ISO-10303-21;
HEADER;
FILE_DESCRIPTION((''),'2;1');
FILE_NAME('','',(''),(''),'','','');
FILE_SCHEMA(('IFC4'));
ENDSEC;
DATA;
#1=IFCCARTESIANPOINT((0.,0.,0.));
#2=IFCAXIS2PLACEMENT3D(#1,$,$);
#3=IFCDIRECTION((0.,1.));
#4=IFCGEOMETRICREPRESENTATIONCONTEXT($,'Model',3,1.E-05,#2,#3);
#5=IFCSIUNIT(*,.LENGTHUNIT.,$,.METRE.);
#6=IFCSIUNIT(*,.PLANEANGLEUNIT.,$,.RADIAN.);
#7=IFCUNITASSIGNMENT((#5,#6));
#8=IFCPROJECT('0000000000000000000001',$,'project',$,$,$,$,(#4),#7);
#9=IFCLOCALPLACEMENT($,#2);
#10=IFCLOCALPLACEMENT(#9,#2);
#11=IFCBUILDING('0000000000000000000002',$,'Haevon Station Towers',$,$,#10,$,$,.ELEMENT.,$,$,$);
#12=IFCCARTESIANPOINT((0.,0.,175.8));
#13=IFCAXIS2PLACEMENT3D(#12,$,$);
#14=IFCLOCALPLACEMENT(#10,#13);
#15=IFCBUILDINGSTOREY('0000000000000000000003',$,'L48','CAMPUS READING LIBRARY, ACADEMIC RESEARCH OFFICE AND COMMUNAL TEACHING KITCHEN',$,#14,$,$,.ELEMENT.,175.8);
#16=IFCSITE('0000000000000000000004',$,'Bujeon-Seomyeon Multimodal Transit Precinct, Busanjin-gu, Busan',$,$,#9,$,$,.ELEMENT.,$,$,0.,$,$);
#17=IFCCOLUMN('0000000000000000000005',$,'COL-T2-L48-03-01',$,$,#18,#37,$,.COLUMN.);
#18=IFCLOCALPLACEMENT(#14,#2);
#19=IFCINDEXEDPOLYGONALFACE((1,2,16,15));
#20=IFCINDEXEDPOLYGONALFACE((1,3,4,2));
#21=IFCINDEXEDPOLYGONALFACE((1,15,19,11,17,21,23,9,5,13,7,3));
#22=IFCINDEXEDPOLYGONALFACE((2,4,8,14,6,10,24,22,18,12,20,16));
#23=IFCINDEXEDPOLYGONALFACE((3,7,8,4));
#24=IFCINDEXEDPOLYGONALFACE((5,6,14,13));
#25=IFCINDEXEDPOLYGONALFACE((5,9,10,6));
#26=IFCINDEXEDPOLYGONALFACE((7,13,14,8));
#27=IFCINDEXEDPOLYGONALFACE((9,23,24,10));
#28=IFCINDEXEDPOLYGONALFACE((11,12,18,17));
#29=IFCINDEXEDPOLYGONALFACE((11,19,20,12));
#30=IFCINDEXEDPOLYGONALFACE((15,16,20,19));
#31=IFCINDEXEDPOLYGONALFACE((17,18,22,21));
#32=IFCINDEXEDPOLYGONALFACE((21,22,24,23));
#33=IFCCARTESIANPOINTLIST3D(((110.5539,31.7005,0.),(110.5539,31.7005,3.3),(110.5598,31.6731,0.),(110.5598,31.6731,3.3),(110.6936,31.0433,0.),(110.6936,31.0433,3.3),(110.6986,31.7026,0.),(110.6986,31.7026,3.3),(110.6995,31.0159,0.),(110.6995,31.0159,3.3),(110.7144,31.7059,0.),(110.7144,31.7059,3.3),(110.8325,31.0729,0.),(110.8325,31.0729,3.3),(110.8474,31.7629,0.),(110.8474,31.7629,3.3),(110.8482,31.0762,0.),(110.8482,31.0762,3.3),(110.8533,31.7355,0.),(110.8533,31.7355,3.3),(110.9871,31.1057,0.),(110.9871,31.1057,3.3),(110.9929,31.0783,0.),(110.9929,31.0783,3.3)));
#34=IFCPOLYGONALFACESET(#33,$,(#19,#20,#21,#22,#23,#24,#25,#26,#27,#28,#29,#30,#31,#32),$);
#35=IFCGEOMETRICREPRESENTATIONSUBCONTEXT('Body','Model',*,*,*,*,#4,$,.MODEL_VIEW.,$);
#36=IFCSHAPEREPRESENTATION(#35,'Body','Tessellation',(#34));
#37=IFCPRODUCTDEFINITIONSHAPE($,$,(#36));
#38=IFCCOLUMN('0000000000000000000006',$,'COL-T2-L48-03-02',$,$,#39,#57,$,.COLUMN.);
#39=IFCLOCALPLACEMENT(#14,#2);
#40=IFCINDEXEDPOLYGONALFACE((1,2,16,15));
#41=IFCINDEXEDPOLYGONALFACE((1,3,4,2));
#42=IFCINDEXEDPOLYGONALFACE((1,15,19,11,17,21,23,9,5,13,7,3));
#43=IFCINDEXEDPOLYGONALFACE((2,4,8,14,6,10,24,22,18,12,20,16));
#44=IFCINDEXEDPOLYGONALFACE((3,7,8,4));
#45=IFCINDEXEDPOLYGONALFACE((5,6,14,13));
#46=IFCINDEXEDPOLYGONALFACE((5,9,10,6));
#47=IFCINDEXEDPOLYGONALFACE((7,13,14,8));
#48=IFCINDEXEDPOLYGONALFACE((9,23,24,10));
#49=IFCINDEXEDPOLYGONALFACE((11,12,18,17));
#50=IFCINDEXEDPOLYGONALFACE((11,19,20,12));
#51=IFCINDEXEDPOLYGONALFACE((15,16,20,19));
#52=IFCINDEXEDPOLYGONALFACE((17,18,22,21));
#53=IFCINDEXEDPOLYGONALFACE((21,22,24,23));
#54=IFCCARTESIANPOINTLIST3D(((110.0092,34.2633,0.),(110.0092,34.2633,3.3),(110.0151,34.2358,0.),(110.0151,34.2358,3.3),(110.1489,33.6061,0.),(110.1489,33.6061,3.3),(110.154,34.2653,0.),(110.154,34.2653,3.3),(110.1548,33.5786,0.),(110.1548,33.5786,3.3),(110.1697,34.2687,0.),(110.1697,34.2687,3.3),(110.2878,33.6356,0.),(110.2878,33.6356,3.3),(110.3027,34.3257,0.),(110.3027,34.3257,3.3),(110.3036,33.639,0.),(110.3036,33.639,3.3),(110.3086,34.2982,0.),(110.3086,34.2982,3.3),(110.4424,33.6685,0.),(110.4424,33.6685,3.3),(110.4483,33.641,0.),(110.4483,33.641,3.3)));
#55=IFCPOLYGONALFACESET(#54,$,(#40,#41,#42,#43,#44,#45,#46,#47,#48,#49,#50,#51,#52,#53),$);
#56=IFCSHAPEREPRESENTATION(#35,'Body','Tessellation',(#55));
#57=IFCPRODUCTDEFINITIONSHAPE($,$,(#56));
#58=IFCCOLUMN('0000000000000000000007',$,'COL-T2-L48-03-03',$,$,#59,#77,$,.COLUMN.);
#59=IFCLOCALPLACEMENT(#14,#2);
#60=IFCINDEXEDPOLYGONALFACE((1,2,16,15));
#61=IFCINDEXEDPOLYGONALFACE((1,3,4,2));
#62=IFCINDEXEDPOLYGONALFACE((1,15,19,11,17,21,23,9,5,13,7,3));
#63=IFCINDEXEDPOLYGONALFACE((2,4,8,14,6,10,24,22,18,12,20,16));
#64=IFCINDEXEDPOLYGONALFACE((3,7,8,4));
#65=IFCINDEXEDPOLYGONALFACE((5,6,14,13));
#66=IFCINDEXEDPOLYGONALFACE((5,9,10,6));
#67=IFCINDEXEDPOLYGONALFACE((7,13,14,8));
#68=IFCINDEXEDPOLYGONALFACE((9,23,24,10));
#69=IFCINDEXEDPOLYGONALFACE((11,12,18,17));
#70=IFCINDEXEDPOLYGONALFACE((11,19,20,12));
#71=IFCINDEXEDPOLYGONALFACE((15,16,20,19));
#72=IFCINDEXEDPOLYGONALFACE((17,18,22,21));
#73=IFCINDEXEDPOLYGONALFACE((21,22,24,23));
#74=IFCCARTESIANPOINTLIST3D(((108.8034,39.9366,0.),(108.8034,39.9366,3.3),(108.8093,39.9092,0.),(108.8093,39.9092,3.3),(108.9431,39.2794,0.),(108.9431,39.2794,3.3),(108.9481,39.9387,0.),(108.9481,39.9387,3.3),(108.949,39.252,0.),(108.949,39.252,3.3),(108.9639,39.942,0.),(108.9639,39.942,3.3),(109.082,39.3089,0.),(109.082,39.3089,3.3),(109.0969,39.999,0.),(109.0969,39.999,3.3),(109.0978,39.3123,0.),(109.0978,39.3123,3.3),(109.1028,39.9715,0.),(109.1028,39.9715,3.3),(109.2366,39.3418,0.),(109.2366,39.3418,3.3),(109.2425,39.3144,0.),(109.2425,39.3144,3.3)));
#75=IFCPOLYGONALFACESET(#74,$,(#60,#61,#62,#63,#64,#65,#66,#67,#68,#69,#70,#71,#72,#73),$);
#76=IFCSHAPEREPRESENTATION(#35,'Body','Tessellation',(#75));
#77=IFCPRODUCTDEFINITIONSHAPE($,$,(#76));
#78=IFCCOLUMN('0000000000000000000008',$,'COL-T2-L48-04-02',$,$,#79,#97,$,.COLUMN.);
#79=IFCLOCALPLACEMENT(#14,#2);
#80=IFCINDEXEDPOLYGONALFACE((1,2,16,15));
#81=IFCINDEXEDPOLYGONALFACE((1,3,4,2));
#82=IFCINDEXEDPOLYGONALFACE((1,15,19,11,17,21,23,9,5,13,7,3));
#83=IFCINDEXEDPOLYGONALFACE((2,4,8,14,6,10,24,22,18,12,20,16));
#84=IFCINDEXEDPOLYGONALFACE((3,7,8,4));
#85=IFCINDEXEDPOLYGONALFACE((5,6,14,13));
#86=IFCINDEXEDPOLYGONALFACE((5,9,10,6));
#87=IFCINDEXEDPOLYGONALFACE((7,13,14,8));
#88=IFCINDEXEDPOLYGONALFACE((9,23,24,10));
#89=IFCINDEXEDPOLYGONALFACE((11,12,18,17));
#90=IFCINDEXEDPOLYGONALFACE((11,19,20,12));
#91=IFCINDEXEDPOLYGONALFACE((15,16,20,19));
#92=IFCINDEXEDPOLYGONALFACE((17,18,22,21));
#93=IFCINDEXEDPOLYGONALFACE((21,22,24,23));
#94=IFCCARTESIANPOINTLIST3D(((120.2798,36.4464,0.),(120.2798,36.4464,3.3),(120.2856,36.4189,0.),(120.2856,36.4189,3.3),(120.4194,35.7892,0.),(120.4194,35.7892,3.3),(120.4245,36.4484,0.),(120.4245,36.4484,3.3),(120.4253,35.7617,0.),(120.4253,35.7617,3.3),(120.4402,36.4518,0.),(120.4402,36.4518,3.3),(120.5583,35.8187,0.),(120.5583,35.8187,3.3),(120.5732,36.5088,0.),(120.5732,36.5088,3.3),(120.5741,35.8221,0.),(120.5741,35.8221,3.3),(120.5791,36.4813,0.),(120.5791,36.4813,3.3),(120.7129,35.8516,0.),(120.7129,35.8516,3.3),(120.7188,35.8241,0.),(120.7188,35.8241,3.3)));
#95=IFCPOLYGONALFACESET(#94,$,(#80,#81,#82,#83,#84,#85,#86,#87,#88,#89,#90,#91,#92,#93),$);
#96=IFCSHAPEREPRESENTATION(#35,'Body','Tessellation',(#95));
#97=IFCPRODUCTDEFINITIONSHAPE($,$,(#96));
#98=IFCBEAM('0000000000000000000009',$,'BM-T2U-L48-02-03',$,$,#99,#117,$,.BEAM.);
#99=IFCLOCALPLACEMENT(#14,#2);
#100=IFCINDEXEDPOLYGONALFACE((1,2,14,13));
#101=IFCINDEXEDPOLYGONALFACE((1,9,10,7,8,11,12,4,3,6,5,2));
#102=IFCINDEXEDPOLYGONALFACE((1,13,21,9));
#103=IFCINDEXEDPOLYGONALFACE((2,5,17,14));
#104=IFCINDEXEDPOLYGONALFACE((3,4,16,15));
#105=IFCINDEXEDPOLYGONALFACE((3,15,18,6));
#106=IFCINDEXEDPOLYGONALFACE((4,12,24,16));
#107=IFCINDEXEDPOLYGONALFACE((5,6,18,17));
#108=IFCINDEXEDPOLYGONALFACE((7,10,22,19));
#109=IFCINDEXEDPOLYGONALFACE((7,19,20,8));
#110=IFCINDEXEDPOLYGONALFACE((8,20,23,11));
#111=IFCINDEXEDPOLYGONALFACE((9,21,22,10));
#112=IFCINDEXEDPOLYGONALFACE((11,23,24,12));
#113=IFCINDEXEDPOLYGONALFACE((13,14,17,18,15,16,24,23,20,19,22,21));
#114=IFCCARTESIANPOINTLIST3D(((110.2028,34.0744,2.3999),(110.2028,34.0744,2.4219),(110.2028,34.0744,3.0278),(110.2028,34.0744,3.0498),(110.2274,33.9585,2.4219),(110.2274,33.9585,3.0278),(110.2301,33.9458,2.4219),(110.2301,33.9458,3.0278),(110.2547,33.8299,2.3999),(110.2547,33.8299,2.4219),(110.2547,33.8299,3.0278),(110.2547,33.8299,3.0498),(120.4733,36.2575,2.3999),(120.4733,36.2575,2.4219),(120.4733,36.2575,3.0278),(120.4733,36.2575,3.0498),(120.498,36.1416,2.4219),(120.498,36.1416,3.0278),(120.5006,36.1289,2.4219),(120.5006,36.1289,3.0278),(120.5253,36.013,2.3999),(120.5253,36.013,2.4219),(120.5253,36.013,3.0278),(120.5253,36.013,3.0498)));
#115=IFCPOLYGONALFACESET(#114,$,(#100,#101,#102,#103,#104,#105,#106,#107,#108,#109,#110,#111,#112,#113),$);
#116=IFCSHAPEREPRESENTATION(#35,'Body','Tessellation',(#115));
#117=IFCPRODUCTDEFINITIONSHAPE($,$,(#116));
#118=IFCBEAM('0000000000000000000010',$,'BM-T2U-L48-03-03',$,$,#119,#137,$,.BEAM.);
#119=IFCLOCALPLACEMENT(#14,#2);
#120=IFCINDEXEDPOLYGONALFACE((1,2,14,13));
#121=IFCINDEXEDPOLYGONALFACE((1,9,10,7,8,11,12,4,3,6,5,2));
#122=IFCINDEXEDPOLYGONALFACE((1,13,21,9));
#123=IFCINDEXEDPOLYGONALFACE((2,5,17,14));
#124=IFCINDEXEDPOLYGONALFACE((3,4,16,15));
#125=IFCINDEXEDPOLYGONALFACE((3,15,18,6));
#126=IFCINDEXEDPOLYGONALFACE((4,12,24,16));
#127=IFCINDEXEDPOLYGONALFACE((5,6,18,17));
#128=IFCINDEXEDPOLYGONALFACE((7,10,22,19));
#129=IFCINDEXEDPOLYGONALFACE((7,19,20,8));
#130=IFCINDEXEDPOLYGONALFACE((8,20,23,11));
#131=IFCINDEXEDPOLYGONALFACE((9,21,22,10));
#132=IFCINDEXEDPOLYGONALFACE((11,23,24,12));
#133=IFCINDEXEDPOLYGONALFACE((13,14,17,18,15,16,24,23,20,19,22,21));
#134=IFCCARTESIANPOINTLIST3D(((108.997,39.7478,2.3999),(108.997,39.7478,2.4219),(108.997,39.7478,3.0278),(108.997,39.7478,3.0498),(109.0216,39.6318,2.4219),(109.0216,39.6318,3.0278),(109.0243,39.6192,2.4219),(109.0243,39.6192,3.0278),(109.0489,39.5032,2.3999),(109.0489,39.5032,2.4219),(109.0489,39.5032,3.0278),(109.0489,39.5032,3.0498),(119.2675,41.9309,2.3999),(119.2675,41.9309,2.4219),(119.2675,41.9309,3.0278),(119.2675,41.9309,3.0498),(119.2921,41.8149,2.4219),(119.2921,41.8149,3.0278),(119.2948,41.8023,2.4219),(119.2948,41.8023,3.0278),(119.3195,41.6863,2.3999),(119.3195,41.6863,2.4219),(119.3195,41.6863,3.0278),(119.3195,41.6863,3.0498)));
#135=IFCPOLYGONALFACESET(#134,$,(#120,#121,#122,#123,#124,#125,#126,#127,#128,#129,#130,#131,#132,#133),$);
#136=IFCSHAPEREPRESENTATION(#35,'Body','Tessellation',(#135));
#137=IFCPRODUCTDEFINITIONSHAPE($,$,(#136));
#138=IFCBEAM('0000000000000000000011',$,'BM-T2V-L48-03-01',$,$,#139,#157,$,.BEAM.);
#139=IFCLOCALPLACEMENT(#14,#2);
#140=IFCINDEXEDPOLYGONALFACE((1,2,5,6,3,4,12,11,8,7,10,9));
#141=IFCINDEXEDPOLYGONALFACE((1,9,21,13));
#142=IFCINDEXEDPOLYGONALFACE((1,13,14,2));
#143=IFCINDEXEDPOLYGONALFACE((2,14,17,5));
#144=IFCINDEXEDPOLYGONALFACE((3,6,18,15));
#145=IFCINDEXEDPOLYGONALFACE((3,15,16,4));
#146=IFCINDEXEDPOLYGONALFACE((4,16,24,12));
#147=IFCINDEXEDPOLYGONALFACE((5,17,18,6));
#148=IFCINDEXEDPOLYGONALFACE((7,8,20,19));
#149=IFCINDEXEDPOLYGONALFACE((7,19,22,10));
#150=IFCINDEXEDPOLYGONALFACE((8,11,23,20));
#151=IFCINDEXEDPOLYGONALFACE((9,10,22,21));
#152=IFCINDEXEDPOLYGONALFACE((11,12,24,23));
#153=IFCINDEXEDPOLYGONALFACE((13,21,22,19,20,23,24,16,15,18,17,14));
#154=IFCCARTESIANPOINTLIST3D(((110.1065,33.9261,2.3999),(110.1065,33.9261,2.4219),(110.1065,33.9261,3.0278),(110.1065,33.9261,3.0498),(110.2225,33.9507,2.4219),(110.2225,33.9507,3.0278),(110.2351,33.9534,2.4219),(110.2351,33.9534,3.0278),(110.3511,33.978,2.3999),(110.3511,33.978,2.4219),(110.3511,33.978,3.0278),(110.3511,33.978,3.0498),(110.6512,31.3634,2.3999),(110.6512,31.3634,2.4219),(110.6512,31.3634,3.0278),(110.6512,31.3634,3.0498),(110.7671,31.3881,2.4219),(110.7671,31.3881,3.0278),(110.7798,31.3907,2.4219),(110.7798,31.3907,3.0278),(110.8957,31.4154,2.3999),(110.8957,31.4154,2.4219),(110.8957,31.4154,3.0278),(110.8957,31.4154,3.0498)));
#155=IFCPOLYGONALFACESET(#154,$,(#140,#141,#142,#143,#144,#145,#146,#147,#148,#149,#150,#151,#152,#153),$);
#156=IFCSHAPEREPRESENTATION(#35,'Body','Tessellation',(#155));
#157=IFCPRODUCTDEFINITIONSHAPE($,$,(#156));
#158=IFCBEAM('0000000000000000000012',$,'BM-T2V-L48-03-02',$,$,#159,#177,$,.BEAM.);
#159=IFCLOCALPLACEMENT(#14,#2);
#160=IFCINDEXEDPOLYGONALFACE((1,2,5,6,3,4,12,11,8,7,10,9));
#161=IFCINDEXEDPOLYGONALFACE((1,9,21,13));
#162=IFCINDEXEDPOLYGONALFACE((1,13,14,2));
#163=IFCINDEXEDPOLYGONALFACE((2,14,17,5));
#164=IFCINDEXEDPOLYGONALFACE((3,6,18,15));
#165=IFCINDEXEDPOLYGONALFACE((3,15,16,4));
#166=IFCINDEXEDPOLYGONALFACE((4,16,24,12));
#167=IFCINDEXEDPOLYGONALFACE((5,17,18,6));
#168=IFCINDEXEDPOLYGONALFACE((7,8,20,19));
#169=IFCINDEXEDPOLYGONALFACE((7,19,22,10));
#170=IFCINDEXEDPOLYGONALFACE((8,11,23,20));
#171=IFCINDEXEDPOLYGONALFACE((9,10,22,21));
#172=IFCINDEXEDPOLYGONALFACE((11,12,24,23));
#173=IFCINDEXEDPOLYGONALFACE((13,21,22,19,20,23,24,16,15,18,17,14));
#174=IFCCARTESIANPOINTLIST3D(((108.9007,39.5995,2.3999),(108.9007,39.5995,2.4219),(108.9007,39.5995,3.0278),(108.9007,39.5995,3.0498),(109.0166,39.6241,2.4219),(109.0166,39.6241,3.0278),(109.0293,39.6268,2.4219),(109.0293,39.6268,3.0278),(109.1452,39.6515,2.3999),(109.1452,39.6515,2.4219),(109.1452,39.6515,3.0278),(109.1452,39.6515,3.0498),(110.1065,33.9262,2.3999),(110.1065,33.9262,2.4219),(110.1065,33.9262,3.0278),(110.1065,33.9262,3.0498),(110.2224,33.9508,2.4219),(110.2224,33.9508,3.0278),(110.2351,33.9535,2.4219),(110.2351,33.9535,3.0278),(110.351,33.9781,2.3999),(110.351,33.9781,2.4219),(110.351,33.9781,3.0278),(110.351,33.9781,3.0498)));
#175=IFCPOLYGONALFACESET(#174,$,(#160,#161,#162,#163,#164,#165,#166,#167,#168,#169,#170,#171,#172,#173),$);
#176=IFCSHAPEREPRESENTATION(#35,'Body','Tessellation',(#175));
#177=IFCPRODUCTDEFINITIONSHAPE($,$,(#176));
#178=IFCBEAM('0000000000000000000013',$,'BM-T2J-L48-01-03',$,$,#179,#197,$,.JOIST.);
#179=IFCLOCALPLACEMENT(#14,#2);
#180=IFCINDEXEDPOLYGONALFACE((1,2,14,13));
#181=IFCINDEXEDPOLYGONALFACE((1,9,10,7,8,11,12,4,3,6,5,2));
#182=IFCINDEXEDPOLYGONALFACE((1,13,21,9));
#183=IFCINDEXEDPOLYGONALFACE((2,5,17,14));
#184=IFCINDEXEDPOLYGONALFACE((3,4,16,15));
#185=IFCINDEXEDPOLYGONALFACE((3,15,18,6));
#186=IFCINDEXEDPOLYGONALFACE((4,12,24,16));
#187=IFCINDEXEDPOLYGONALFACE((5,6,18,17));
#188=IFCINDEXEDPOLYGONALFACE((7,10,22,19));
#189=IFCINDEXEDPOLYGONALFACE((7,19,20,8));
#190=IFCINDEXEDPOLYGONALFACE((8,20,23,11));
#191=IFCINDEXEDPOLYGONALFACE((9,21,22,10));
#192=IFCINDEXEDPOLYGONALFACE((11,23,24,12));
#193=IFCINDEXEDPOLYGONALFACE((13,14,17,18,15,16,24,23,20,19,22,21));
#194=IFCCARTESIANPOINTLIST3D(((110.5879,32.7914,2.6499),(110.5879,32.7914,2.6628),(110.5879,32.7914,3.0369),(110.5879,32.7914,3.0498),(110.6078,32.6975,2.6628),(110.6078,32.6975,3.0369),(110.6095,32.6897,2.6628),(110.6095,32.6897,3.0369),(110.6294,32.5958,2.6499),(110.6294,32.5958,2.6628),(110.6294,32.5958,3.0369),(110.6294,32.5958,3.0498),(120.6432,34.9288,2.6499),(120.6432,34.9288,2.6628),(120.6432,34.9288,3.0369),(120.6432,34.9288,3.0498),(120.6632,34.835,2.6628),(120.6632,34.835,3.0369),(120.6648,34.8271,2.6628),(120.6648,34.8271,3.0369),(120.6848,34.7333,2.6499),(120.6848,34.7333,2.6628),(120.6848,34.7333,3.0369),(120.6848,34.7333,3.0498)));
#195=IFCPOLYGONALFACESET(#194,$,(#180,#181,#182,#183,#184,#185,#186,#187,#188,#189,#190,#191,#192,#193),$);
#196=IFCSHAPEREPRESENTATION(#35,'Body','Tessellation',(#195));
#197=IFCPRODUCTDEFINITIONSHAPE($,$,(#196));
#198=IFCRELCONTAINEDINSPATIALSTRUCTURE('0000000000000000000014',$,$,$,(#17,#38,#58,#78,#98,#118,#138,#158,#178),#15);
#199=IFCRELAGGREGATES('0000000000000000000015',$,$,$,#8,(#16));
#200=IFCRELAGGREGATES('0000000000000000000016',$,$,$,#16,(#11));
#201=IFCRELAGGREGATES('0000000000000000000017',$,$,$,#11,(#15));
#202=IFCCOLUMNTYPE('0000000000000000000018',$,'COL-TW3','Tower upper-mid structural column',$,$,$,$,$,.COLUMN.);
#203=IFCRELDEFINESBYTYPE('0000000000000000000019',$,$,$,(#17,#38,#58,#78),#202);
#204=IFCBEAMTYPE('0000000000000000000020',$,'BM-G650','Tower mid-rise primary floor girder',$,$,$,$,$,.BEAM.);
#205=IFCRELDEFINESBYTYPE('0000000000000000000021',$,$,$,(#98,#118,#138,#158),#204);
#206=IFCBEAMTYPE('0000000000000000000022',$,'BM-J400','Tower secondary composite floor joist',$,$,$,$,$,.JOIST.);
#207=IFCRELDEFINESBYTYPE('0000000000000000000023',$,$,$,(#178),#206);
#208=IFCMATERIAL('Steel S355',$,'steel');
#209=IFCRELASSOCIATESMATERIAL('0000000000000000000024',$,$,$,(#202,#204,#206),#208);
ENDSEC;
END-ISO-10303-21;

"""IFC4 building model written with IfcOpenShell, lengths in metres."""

from ifc_helpers import new_model, si_unit, direction, frame, origin, origin_2d, place, context, subcontext, project, spatial, i_section, extrude, material, material_profile, profile_set, type_object, element, save


model = new_model("IFC4")

# Units and contexts
model_context = context("Model", 3, precision=1e-05, world=origin(), true_north=direction((0.0, 1.0)))
body_context = subcontext(model_context, "Body", "Model", "MODEL_VIEW")
ifc_project = project(units=[si_unit("LENGTHUNIT", "METRE"), si_unit("PLANEANGLEUNIT", "RADIAN")], contexts=[model_context])

# Site, building, storey
site_placement = place(None, origin())
site = spatial("IfcSite", under=ifc_project, at=site_placement, Name="Bujeon-Seomyeon Multimodal Transit Precinct, Busanjin-gu, Busan", CompositionType="ELEMENT", RefElevation=0.0)
building_placement = place(site_placement, origin())
building = spatial("IfcBuilding", under=site, at=building_placement, Name="Haevon Station Towers", CompositionType="ELEMENT")
storey_placement = place(building_placement, frame((0.0, 0.0, 175.8)))
storey = spatial("IfcBuildingStorey", under=building, at=storey_placement, Name="L48", Description="CAMPUS READING LIBRARY, ACADEMIC RESEARCH OFFICE AND COMMUNAL TEACHING KITCHEN", CompositionType="ELEMENT", Elevation=175.8)

# Columns
ifc_material_1 = material(Name="Steel S355", Category="steel")
ifc_material_profile_1 = material_profile(ifc_material_1, i_section(OverallWidth=0.3, OverallDepth=0.7, WebThickness=0.0161, FlangeThickness=0.0281, at=origin_2d()), Name="H-700x300x16x28")
ifc_profile_set_1 = profile_set([ifc_material_profile_1], Name="Steel S355")
column_type = type_object("IfcColumnType", Name="COL-TW3", Description="Tower upper-mid structural column", PredefinedType="COLUMN", material=ifc_profile_set_1)
for number, where, z_axis, x_axis, name in (
    (1, (110.7734, 31.3894, 0.0), (0.0, 0.0, 1.0), (0.978148, 0.207912, 0.0), "COL-T2-L48-03-01"),
    (2, (110.2288, 33.9521, 0.0), (0.0, 0.0, 1.0), (0.978148, 0.207912, 0.0), "COL-T2-L48-03-02"),
    (3, (109.0229, 39.6255, 0.0), (0.0, 0.0, 1.0), (0.978148, 0.207912, 0.0), "COL-T2-L48-03-03"),
    (4, (120.4993, 36.1353, 0.0), (0.0, 0.0, 1.0), (0.978148, 0.207912, 0.0), "COL-T2-L48-04-02"),
):
    element("IfcColumn", number, at=place(storey_placement, frame(where, z_axis=z_axis, x_axis=x_axis)), inside=storey, type_object=column_type, Name=name, PredefinedType="COLUMN", context=body_context, shape_type="SweptSolid", body=[
        extrude(i_section(OverallWidth=0.3, OverallDepth=0.7, WebThickness=0.0161, FlangeThickness=0.0281, at=origin_2d()), origin(), (0.0, 0.0, 1.0), 3.3),
    ])

# Beams
ifc_material_profile_2 = material_profile(ifc_material_1, i_section(OverallWidth=0.25, OverallDepth=0.6499, WebThickness=0.0129, FlangeThickness=0.022, at=origin_2d()), Name="H-650x250x13x22")
ifc_profile_set_2 = profile_set([ifc_material_profile_2], Name="Steel S355")
beam_type_1 = type_object("IfcBeamType", Name="BM-G650", Description="Tower mid-rise primary floor girder", PredefinedType="BEAM", material=ifc_profile_set_2)
for number, where, z_axis, x_axis, name in (
    (5, (110.2288, 33.9521, 2.7249), (0.978147, 0.207915, 0.0), (-0.207915, 0.978147, 0.0), "BM-T2U-L48-02-03"),
    (6, (109.0229, 39.6255, 2.7249), (0.978147, 0.207915, 0.0), (-0.207915, 0.978147, 0.0), "BM-T2U-L48-03-03"),
):
    element("IfcBeam", number, at=place(storey_placement, frame(where, z_axis=z_axis, x_axis=x_axis)), inside=storey, type_object=beam_type_1, Name=name, PredefinedType="BEAM", context=body_context, shape_type="SweptSolid", body=[
        extrude(i_section(OverallWidth=0.25, OverallDepth=0.6499, WebThickness=0.0129, FlangeThickness=0.022, at=origin_2d()), origin(), (0.0, 0.0, 1.0), 10.5),
    ])
beam_1_placement = place(storey_placement, frame((110.7734, 31.3894, 2.7249), z_axis=(-0.207893, 0.978152, 0.0), x_axis=(-0.978152, -0.207893, 0.0)))
element("IfcBeam", 7, at=beam_1_placement, inside=storey, type_object=beam_type_1, Name="BM-T2V-L48-03-01", PredefinedType="BEAM", context=body_context, shape_type="SweptSolid", body=[
    extrude(i_section(OverallWidth=0.25, OverallDepth=0.6499, WebThickness=0.0129, FlangeThickness=0.022, at=origin_2d()), origin(), (0.0, 0.0, 1.0), 2.6199),
])
beam_2_placement = place(storey_placement, frame((110.2288, 33.9521, 2.7249), z_axis=(-0.207896, 0.978151, 0.0), x_axis=(-0.978151, -0.207896, 0.0)))
element("IfcBeam", 8, at=beam_2_placement, inside=storey, type_object=beam_type_1, Name="BM-T2V-L48-03-02", PredefinedType="BEAM", context=body_context, shape_type="SweptSolid", body=[
    extrude(i_section(OverallWidth=0.25, OverallDepth=0.6499, WebThickness=0.0129, FlangeThickness=0.022, at=origin_2d()), origin(), (0.0, 0.0, 1.0), 5.8),
])
ifc_material_profile_3 = material_profile(ifc_material_1, i_section(OverallWidth=0.2, OverallDepth=0.3999, WebThickness=0.0081, FlangeThickness=0.0129, at=origin_2d()), Name="H-400x200x8x13")
ifc_profile_set_3 = profile_set([ifc_material_profile_3], Name="Steel S355")
beam_type_2 = type_object("IfcBeamType", Name="BM-J400", Description="Tower secondary composite floor joist", PredefinedType="JOIST", material=ifc_profile_set_3)
for number, where, z_axis, x_axis, name in (
    (9, (110.6086, 32.6936, 2.8499), (0.978146, 0.207922, 0.0), (-0.207922, 0.978146, 0.0), "BM-T2J-L48-01-03"),
):
    element("IfcBeam", number, at=place(storey_placement, frame(where, z_axis=z_axis, x_axis=x_axis)), inside=storey, type_object=beam_type_2, Name=name, PredefinedType="JOIST", context=body_context, shape_type="SweptSolid", body=[
        extrude(i_section(OverallWidth=0.2, OverallDepth=0.3999, WebThickness=0.0081, FlangeThickness=0.0129, at=origin_2d()), origin(), (0.0, 0.0, 1.0), 10.28),
    ])

save(model, "model.ifc")
